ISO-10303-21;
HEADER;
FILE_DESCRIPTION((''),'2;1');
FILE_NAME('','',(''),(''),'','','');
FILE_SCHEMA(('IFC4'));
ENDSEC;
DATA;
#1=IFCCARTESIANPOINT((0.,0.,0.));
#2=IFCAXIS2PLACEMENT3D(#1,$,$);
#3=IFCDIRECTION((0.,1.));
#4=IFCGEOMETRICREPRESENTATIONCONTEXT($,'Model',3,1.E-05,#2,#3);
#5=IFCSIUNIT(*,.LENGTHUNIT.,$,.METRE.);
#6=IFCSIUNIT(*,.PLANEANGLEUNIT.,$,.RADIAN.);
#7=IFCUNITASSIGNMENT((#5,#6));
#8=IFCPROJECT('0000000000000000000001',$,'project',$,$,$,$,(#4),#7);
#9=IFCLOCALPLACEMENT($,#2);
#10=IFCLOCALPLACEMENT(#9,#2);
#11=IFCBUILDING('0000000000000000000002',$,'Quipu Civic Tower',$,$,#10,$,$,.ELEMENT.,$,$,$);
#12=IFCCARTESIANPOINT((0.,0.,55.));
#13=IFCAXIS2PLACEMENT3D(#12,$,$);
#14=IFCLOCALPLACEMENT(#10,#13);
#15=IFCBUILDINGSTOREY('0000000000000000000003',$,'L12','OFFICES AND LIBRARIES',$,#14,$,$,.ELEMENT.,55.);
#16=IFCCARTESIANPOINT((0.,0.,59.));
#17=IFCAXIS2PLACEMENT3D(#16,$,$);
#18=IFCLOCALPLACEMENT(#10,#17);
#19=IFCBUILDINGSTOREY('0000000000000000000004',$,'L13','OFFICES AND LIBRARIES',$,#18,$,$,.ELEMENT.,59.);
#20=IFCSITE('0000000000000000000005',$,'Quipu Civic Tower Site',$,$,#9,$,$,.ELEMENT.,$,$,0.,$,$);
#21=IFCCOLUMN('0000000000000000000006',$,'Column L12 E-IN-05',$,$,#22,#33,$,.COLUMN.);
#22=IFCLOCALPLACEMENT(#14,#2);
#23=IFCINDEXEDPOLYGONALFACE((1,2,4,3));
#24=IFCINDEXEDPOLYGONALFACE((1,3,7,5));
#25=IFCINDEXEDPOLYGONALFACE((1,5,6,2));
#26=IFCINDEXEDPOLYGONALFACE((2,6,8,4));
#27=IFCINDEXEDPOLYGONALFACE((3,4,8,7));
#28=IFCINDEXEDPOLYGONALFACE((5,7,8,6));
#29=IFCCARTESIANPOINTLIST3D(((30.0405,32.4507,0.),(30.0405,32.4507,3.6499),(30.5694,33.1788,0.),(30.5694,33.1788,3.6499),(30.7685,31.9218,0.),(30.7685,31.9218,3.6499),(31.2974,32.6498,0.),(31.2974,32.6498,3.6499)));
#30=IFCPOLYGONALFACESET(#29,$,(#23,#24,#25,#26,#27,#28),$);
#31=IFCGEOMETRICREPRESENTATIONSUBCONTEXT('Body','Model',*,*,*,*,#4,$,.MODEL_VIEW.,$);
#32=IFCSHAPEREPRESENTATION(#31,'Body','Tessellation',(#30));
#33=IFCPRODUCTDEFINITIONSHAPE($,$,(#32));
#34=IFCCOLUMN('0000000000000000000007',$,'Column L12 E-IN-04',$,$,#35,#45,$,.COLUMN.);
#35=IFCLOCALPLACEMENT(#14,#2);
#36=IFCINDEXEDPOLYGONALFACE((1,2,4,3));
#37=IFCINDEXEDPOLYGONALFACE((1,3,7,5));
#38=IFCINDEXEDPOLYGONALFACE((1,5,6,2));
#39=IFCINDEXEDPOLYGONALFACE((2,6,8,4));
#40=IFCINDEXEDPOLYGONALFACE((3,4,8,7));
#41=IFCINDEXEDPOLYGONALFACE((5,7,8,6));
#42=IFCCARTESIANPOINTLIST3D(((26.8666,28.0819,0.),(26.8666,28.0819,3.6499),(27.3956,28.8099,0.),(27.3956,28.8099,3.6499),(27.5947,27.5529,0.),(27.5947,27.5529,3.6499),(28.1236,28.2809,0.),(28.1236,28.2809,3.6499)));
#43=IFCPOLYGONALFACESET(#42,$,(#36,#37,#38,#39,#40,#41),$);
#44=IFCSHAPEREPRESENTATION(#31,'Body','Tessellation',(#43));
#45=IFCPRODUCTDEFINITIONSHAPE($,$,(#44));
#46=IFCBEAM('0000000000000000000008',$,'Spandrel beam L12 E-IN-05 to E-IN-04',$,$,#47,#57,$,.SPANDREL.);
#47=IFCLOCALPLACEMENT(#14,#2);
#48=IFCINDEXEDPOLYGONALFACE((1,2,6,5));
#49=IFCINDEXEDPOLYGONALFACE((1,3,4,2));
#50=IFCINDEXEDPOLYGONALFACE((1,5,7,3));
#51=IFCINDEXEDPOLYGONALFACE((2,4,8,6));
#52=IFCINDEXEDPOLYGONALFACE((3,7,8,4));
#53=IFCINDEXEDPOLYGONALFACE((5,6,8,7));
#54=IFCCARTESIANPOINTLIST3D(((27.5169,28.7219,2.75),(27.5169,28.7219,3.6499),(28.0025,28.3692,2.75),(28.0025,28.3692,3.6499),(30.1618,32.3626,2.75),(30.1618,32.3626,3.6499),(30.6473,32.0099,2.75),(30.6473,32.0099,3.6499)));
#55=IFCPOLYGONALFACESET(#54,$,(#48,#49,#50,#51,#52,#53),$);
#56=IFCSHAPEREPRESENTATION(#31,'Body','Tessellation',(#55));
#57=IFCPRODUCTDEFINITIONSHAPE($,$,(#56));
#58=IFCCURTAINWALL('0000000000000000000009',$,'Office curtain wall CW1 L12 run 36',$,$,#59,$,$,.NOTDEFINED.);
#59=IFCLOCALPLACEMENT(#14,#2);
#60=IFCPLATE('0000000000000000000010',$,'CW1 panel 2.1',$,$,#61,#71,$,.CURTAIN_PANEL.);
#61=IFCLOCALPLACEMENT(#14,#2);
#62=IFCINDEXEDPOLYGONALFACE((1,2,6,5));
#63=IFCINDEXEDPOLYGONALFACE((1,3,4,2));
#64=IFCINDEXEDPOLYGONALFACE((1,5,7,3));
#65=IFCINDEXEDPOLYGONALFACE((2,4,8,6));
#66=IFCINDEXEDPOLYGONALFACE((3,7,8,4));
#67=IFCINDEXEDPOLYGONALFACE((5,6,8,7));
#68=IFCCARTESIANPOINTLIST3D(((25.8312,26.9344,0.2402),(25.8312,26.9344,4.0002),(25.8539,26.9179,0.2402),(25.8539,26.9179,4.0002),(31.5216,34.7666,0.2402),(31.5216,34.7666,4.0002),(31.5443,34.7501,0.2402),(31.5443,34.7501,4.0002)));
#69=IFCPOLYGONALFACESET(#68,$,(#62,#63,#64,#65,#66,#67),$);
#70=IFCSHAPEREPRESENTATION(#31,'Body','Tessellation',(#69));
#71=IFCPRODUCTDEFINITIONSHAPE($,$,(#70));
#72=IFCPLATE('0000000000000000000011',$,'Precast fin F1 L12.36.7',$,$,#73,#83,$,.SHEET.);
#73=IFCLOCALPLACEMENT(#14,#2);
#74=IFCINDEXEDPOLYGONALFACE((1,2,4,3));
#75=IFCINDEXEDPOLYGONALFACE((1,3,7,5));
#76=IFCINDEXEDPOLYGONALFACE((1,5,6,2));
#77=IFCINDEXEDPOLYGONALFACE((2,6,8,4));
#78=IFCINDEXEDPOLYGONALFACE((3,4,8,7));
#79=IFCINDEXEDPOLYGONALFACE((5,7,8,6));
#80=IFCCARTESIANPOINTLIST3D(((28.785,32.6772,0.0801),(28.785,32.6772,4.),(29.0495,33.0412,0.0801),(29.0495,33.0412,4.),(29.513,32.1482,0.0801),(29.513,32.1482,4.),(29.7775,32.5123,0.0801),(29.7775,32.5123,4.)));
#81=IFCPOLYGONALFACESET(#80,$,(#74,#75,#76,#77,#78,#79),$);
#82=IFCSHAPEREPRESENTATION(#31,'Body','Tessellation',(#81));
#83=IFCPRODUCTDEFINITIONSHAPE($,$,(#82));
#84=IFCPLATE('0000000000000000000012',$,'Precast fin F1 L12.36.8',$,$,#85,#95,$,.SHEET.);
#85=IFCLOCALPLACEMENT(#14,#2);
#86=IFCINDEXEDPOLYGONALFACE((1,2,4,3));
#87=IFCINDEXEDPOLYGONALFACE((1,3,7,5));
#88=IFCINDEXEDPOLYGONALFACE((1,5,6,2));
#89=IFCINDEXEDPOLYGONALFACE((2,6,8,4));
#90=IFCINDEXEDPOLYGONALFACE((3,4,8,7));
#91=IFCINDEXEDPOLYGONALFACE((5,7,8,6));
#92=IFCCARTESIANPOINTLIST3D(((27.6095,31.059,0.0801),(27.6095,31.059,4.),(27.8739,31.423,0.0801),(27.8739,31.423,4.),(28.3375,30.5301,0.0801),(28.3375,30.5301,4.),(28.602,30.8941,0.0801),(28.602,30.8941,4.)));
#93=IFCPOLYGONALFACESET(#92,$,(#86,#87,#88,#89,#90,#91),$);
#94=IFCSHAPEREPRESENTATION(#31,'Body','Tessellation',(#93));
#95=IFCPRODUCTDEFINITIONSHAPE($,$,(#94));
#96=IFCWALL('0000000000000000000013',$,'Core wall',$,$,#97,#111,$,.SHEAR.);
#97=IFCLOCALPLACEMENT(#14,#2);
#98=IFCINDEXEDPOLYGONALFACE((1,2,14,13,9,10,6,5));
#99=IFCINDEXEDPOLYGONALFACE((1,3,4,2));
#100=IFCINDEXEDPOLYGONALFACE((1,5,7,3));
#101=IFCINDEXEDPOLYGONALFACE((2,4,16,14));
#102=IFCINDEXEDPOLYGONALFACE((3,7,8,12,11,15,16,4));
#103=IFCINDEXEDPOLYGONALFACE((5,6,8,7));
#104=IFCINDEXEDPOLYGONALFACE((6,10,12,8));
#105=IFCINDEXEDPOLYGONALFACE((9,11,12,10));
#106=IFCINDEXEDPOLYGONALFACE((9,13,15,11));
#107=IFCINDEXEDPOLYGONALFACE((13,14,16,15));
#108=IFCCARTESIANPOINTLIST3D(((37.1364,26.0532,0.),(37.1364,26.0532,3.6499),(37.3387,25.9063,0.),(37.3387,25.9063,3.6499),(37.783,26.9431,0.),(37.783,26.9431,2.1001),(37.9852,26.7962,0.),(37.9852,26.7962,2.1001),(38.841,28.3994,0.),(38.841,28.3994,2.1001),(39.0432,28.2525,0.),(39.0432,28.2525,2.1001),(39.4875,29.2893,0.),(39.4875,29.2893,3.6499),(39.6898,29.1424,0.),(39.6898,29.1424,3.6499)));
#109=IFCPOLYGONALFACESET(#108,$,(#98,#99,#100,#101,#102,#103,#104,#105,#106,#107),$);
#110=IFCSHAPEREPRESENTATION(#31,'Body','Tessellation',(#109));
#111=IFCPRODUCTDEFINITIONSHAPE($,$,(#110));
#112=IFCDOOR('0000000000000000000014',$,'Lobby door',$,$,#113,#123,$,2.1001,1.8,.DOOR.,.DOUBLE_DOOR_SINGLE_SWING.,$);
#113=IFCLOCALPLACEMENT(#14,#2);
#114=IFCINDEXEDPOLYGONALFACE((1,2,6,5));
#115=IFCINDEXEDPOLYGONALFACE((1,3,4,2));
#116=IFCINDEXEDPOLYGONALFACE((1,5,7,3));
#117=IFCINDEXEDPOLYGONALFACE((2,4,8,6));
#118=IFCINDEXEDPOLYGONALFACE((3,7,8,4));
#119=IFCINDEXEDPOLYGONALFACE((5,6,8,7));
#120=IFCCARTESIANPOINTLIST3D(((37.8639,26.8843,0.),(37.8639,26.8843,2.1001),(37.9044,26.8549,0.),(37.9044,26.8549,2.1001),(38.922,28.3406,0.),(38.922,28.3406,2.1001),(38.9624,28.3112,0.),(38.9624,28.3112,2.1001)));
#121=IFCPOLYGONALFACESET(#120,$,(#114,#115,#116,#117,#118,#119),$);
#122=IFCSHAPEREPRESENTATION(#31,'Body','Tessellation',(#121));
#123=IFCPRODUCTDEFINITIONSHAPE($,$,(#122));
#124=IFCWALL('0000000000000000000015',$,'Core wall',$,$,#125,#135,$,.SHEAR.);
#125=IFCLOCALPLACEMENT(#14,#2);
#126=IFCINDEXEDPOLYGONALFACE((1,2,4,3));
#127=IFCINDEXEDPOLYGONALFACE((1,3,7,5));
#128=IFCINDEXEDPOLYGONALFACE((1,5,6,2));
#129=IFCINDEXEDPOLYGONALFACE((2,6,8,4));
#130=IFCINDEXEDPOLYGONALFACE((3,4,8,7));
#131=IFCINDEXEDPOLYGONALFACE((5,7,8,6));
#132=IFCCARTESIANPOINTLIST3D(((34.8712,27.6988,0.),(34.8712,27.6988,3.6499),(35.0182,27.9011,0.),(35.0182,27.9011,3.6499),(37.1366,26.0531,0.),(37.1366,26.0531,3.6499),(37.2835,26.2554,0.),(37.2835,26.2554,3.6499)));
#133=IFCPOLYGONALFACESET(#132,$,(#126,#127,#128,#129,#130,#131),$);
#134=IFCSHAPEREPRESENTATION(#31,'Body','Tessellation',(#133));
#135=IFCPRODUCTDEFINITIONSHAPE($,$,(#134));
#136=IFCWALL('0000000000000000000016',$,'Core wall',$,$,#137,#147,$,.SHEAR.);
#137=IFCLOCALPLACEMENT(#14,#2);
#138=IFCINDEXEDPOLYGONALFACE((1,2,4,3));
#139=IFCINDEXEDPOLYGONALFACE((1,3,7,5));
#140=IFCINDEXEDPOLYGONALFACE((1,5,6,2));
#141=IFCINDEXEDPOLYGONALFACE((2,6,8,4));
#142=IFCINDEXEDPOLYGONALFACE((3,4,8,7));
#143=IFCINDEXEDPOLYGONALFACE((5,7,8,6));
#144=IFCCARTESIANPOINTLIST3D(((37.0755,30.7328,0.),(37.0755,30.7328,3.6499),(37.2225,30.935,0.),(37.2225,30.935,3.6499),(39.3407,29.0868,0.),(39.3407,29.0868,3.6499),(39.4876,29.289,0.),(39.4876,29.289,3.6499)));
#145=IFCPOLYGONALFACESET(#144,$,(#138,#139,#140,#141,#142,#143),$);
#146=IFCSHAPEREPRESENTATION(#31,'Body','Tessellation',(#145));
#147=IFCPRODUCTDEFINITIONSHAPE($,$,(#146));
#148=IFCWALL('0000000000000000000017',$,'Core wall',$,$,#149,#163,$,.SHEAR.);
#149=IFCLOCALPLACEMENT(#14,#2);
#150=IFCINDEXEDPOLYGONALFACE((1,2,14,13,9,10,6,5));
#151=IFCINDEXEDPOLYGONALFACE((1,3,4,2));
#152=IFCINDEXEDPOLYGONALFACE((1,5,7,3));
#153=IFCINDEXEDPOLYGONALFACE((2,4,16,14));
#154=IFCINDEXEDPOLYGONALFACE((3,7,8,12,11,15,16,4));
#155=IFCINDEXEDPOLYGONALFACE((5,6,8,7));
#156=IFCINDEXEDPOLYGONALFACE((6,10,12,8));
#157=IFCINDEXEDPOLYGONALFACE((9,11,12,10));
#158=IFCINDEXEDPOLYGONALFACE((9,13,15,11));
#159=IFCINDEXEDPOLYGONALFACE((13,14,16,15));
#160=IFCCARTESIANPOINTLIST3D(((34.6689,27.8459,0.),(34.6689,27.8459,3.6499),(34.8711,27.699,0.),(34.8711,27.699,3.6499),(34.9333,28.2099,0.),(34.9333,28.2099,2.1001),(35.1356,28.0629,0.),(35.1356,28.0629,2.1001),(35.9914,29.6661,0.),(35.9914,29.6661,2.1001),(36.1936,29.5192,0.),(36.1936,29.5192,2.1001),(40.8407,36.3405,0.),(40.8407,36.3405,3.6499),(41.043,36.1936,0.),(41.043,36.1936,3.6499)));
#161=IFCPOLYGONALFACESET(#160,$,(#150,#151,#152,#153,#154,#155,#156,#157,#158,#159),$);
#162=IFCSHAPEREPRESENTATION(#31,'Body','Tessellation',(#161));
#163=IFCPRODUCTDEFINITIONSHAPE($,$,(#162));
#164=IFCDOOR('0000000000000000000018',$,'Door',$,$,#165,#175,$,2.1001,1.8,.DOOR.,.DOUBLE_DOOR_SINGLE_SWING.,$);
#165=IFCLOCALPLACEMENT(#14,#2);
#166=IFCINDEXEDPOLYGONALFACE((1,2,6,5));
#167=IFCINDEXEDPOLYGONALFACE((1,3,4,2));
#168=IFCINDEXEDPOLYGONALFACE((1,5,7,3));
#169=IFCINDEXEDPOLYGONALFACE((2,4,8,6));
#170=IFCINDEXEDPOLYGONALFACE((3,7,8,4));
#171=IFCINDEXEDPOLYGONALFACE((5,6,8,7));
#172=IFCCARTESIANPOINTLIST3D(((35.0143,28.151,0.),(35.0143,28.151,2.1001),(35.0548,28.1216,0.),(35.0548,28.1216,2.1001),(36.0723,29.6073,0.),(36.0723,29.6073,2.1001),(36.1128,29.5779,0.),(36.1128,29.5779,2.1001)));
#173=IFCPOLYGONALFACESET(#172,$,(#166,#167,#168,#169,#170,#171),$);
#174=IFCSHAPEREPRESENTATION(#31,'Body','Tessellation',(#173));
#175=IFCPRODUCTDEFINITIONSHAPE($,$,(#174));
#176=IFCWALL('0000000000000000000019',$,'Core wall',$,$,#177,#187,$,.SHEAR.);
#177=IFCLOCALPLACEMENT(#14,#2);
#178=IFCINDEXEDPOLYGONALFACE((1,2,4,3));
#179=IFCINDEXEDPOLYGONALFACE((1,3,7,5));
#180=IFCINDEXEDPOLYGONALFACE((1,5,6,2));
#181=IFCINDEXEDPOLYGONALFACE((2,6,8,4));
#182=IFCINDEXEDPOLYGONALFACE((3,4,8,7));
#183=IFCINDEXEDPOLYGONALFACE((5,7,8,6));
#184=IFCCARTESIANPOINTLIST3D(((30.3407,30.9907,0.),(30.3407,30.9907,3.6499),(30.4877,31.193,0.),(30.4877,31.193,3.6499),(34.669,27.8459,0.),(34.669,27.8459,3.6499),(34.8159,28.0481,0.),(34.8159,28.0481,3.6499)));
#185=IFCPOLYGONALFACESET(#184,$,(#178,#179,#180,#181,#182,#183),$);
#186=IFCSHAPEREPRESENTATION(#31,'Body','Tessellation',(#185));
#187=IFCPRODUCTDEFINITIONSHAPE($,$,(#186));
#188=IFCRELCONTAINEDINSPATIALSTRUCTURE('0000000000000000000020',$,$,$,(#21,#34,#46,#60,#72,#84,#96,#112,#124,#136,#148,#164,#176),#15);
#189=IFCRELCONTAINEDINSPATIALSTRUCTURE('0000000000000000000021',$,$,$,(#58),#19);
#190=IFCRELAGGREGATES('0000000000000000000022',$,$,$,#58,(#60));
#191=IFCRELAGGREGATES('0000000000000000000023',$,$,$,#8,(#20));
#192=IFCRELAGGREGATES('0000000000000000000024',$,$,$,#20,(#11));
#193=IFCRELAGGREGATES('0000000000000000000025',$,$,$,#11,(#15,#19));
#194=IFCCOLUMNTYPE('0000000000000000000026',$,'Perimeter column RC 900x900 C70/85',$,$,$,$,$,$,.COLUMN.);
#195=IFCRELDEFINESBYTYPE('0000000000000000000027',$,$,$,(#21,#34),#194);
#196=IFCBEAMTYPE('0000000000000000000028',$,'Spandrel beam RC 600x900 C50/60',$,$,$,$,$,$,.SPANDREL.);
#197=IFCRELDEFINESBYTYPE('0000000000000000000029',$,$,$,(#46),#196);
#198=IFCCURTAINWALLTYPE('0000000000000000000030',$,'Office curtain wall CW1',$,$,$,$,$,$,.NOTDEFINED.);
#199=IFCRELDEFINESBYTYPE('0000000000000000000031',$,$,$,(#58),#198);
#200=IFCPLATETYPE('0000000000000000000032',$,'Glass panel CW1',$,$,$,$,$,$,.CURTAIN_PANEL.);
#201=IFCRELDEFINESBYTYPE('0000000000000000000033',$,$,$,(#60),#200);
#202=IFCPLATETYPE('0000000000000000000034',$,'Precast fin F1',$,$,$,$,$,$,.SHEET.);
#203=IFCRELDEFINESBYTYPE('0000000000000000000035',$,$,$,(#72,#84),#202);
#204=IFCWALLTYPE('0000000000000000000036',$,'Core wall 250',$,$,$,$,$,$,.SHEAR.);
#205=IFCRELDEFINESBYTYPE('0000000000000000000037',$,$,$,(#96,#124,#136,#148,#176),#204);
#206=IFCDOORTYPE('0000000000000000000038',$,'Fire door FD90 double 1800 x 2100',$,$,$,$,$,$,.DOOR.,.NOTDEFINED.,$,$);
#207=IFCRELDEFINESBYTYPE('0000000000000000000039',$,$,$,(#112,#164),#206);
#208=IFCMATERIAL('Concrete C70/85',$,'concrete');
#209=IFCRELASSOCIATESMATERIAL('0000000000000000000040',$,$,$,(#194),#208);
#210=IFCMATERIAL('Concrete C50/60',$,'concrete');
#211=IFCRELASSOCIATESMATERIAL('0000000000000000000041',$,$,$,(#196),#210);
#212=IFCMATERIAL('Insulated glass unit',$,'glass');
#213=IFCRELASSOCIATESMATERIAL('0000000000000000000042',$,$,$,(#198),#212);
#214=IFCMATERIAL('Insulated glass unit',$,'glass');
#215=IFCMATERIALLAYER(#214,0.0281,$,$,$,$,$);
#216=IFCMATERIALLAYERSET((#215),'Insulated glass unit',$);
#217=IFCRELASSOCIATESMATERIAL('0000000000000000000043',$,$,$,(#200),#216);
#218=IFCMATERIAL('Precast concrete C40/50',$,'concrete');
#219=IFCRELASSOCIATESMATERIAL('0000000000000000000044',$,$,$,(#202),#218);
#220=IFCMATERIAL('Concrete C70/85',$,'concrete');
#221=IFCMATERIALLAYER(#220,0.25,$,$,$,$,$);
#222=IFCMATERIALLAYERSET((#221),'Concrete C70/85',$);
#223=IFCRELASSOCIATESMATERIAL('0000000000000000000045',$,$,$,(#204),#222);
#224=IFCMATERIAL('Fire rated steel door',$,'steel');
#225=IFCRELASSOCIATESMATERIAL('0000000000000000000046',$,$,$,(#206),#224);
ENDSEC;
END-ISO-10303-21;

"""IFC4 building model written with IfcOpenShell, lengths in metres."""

from ifc_helpers import new_model, si_unit, direction, frame, frame_2d, origin, origin_2d, place, context, subcontext, project, spatial, rectangle, extrude, material, layer, layer_set, material_profile, profile_set, type_object, element, fill, aggregate, save


model = new_model("IFC4")

# Units and contexts
model_context = context("Model", 3, precision=1e-05, world=origin(), true_north=direction((0.0, 1.0)))
body_context = subcontext(model_context, "Body", "Model", "MODEL_VIEW")
ifc_project = project(units=[si_unit("LENGTHUNIT", "METRE"), si_unit("PLANEANGLEUNIT", "RADIAN")], contexts=[model_context])

# Site, building, storey
site_placement = place(None, origin())
site = spatial("IfcSite", under=ifc_project, at=site_placement, Name="Quipu Civic Tower Site", CompositionType="ELEMENT", RefElevation=0.0)
building_placement = place(site_placement, origin())
building = spatial("IfcBuilding", under=site, at=building_placement, Name="Quipu Civic Tower", CompositionType="ELEMENT")
storey_1_placement = place(building_placement, frame((0.0, 0.0, 55.0)))
storey_1 = spatial("IfcBuildingStorey", under=building, at=storey_1_placement, Name="L12", Description="OFFICES AND LIBRARIES", CompositionType="ELEMENT", Elevation=55.0)

# Columns
ifc_material_1 = material(Name="Concrete C70/85", Category="concrete")
ifc_material_profile_1 = material_profile(ifc_material_1, rectangle(XDim=0.8999, YDim=0.8999, at=origin_2d()), Name="RC900x900")
ifc_profile_set_1 = profile_set([ifc_material_profile_1], Name="Concrete C70/85")
column_type = type_object("IfcColumnType", Name="Perimeter column RC 900x900 C70/85", PredefinedType="COLUMN", material=ifc_profile_set_1)
for number, where, z_axis, x_axis, name in (
    (1, (30.6689, 32.5503, 0.0), (0.0, 0.0, 1.0), (-0.587785, -0.809017, 0.0), "Column L12 E-IN-05"),
    (2, (27.4951, 28.1814, 0.0), (0.0, 0.0, 1.0), (-0.587785, -0.809017, 0.0), "Column L12 E-IN-04"),
):
    element("IfcColumn", number, at=place(storey_1_placement, frame(where, z_axis=z_axis, x_axis=x_axis)), inside=storey_1, type_object=column_type, Name=name, PredefinedType="COLUMN", context=body_context, shape_type="SweptSolid", body=[
        extrude(rectangle(XDim=0.8999, YDim=0.8999, at=origin_2d()), origin(), (0.0, 0.0, 1.0), 3.6499),
    ])

# Beam
ifc_material_2 = material(Name="Concrete C50/60", Category="concrete")
ifc_material_profile_2 = material_profile(ifc_material_2, rectangle(XDim=0.6001, YDim=0.8999, at=origin_2d()), Name="RC600x900")
ifc_profile_set_2 = profile_set([ifc_material_profile_2], Name="Concrete C50/60")
beam_type = type_object("IfcBeamType", Name="Spandrel beam RC 600x900 C50/60", PredefinedType="SPANDREL", material=ifc_profile_set_2)
beam_placement = place(storey_1_placement, frame((30.4045, 32.1863, 3.2), z_axis=(-0.587743, -0.809048, 0.0), x_axis=(0.809048, -0.587743, 0.0)))
element("IfcBeam", 3, at=beam_placement, inside=storey_1, type_object=beam_type, Name="Spandrel beam L12 E-IN-05 to E-IN-04", PredefinedType="SPANDREL", context=body_context, shape_type="SweptSolid", body=[
    extrude(rectangle(XDim=0.6001, YDim=0.8999, at=origin_2d()), origin(), (0.0, 0.0, 1.0), 4.5),
])

# Shared definitions
storey_2_placement = place(building_placement, frame((0.0, 0.0, 59.0)))
storey_2 = spatial("IfcBuildingStorey", under=building, at=storey_2_placement, Name="L13", Description="OFFICES AND LIBRARIES", CompositionType="ELEMENT", Elevation=59.0)

# Curtain wall, plate
ifc_material_3 = material(Name="Insulated glass unit", Category="glass")
curtain_wall_type = type_object("IfcCurtainWallType", Name="Office curtain wall CW1", PredefinedType="NOTDEFINED", material=ifc_material_3)
curtain_wall_placement = place(storey_2_placement, origin())
curtain_wall = element("IfcCurtainWall", 4, at=curtain_wall_placement, inside=storey_2, type_object=curtain_wall_type, Name="Office curtain wall CW1 L12 run 36", PredefinedType="NOTDEFINED")
ifc_material_4 = material(Name="Insulated glass unit", Category="glass")
ifc_layer_1 = layer(ifc_material_4, 0.0281)
ifc_layer_set_1 = layer_set([ifc_layer_1], Name="Insulated glass unit")
plate_type_1 = type_object("IfcPlateType", Name="Glass panel CW1", PredefinedType="CURTAIN_PANEL", material=ifc_layer_set_1)
plate_placement = place(storey_1_placement, frame((28.6877, 30.8423, 0.2402), z_axis=(0.0, 0.0, 1.0), x_axis=(-0.587786, -0.809017, 0.0)))
plate = element("IfcPlate", 5, at=plate_placement, inside=storey_1, type_object=plate_type_1, Name="CW1 panel 2.1", PredefinedType="CURTAIN_PANEL", context=body_context, shape_type="SweptSolid", body=[
    extrude(rectangle(XDim=9.6812, YDim=0.0281, at=origin_2d()), origin(), (0.0, 0.0, 1.0), 3.76),
])
aggregate(curtain_wall, [plate])

# Plates
ifc_material_5 = material(Name="Precast concrete C40/50", Category="concrete")
plate_type_2 = type_object("IfcPlateType", Name="Precast fin F1", PredefinedType="SHEET", material=ifc_material_5)
for number, where, z_axis, x_axis, name in (
    (6, (29.2812, 32.5947, 0.0801), (0.0, 0.0, 1.0), (-0.587785, -0.809017, 0.0), "Precast fin F1 L12.36.7"),
    (7, (28.1057, 30.9766, 0.0801), (0.0, 0.0, 1.0), (-0.587785, -0.809017, 0.0), "Precast fin F1 L12.36.8"),
):
    element("IfcPlate", number, at=place(storey_1_placement, frame(where, z_axis=z_axis, x_axis=x_axis)), inside=storey_1, type_object=plate_type_2, Name=name, PredefinedType="SHEET", context=body_context, shape_type="SweptSolid", body=[
        extrude(rectangle(XDim=0.45, YDim=0.8999, at=origin_2d()), origin(), (0.0, 0.0, 1.0), 3.9199),
    ])

# Wall, opening, door
ifc_material_6 = material(Name="Concrete C70/85", Category="concrete")
ifc_layer_2 = layer(ifc_material_6, 0.25)
ifc_layer_set_2 = layer_set([ifc_layer_2], Name="Concrete C70/85")
wall_type_1 = type_object("IfcWallType", Name="Core wall 250", PredefinedType="SHEAR", material=ifc_layer_set_2)
wall_1_placement = place(storey_1_placement, frame((37.2375, 25.9797, 0.0), z_axis=(0.0, 0.0, 1.0), x_axis=(0.587772, 0.809026, 0.0)))
wall_1 = element("IfcWall", 8, at=wall_1_placement, inside=storey_1, type_object=wall_type_1, Name="Core wall", PredefinedType="SHEAR", context=body_context, shape_type="SweptSolid", body=[
    extrude(rectangle(XDim=4.0, YDim=0.25, at=frame_2d((2.0, 0.0))), origin(), (0.0, 0.0, 1.0), 3.6499),
])
opening_1_placement = place(wall_1_placement, frame((1.1001, 0.0, 0.0)))
opening_1 = element("IfcOpeningElement", 9, at=opening_1_placement, cuts=wall_1, PredefinedType="OPENING", context=body_context, shape_type="SweptSolid", body=[
    extrude(rectangle(XDim=1.8, YDim=2.1001, at=frame_2d((0.8999, 1.05))), frame((0.0, 0.135, 0.0), z_axis=(0.0, -1.0, 0.0), x_axis=(1.0, 0.0, 0.0)), (0.0, 0.0, 1.0), 0.27),
])
ifc_material_7 = material(Name="Fire rated steel door", Category="steel")
door_type = type_object("IfcDoorType", Name="Fire door FD90 double 1800 x 2100", OperationType="NOTDEFINED", PredefinedType="DOOR", material=ifc_material_7)
door_1_placement = place(opening_1_placement, origin())
door_1 = element("IfcDoor", 10, at=door_1_placement, inside=storey_1, type_object=door_type, Name="Lobby door", OperationType="DOUBLE_DOOR_SINGLE_SWING", OverallHeight=2.1001, OverallWidth=1.8, PredefinedType="DOOR", context=body_context, shape_type="SweptSolid", body=[
    extrude(rectangle(XDim=1.8, YDim=2.1001, at=frame_2d((0.8999, 1.05))), frame((0.0, 0.0249, 0.0), z_axis=(0.0, -1.0, 0.0), x_axis=(1.0, 0.0, 0.0)), (0.0, 0.0, 1.0), 0.05),
])
fill(opening_1, door_1)

# Walls
for number, where, z_axis, x_axis, name in (
    (11, (37.21, 26.1543, 0.0), (0.0, 0.0, 1.0), (-0.809041, 0.587752, 0.0), "Core wall"),
    (12, (39.4141, 29.188, 0.0), (0.0, 0.0, 1.0), (-0.80897, 0.58785, 0.0), "Core wall"),
):
    element("IfcWall", number, at=place(storey_1_placement, frame(where, z_axis=z_axis, x_axis=x_axis)), inside=storey_1, type_object=wall_type_1, Name=name, PredefinedType="SHEAR", context=body_context, shape_type="SweptSolid", body=[
        extrude(rectangle(XDim=2.8, YDim=0.25, at=frame_2d((1.3999, 0.0))), origin(), (0.0, 0.0, 1.0), 3.6499),
    ])

# Wall, opening, door
wall_2_placement = place(storey_1_placement, frame((34.77, 27.7725, 0.0), z_axis=(0.0, 0.0, 1.0), x_axis=(0.587796, 0.809009, 0.0)))
wall_2 = element("IfcWall", 13, at=wall_2_placement, inside=storey_1, type_object=wall_type_1, Name="Core wall", PredefinedType="SHEAR", context=body_context, shape_type="SweptSolid", body=[
    extrude(rectangle(XDim=10.5, YDim=0.25, at=frame_2d((5.25, 0.0))), origin(), (0.0, 0.0, 1.0), 3.6499),
])
opening_2_placement = place(wall_2_placement, frame((0.45, 0.0, 0.0)))
opening_2 = element("IfcOpeningElement", 14, at=opening_2_placement, cuts=wall_2, PredefinedType="OPENING", context=body_context, shape_type="SweptSolid", body=[
    extrude(rectangle(XDim=1.8, YDim=2.1001, at=frame_2d((0.8999, 1.05))), frame((0.0, 0.135, 0.0), z_axis=(0.0, -1.0, 0.0), x_axis=(1.0, 0.0, 0.0)), (0.0, 0.0, 1.0), 0.27),
])
door_2_placement = place(opening_2_placement, origin())
door_2 = element("IfcDoor", 15, at=door_2_placement, inside=storey_1, type_object=door_type, Name="Door", OperationType="DOUBLE_DOOR_SINGLE_SWING", OverallHeight=2.1001, OverallWidth=1.8, PredefinedType="DOOR", context=body_context, shape_type="SweptSolid", body=[
    extrude(rectangle(XDim=1.8, YDim=2.1001, at=frame_2d((0.8999, 1.05))), frame((0.0, 0.0249, 0.0), z_axis=(0.0, -1.0, 0.0), x_axis=(1.0, 0.0, 0.0)), (0.0, 0.0, 1.0), 0.05),
])
fill(opening_2, door_2)

# Wall
wall_3_placement = place(storey_1_placement, frame((34.7424, 27.947, 0.0), z_axis=(0.0, 0.0, 1.0), x_axis=(-0.808998, 0.587811, 0.0)))
element("IfcWall", 16, at=wall_3_placement, inside=storey_1, type_object=wall_type_1, Name="Core wall", PredefinedType="SHEAR", context=body_context, shape_type="SweptSolid", body=[
    extrude(rectangle(XDim=5.3501, YDim=0.25, at=frame_2d((2.675, 0.0))), origin(), (0.0, 0.0, 1.0), 3.6499),
])

save(model, "model.ifc")
